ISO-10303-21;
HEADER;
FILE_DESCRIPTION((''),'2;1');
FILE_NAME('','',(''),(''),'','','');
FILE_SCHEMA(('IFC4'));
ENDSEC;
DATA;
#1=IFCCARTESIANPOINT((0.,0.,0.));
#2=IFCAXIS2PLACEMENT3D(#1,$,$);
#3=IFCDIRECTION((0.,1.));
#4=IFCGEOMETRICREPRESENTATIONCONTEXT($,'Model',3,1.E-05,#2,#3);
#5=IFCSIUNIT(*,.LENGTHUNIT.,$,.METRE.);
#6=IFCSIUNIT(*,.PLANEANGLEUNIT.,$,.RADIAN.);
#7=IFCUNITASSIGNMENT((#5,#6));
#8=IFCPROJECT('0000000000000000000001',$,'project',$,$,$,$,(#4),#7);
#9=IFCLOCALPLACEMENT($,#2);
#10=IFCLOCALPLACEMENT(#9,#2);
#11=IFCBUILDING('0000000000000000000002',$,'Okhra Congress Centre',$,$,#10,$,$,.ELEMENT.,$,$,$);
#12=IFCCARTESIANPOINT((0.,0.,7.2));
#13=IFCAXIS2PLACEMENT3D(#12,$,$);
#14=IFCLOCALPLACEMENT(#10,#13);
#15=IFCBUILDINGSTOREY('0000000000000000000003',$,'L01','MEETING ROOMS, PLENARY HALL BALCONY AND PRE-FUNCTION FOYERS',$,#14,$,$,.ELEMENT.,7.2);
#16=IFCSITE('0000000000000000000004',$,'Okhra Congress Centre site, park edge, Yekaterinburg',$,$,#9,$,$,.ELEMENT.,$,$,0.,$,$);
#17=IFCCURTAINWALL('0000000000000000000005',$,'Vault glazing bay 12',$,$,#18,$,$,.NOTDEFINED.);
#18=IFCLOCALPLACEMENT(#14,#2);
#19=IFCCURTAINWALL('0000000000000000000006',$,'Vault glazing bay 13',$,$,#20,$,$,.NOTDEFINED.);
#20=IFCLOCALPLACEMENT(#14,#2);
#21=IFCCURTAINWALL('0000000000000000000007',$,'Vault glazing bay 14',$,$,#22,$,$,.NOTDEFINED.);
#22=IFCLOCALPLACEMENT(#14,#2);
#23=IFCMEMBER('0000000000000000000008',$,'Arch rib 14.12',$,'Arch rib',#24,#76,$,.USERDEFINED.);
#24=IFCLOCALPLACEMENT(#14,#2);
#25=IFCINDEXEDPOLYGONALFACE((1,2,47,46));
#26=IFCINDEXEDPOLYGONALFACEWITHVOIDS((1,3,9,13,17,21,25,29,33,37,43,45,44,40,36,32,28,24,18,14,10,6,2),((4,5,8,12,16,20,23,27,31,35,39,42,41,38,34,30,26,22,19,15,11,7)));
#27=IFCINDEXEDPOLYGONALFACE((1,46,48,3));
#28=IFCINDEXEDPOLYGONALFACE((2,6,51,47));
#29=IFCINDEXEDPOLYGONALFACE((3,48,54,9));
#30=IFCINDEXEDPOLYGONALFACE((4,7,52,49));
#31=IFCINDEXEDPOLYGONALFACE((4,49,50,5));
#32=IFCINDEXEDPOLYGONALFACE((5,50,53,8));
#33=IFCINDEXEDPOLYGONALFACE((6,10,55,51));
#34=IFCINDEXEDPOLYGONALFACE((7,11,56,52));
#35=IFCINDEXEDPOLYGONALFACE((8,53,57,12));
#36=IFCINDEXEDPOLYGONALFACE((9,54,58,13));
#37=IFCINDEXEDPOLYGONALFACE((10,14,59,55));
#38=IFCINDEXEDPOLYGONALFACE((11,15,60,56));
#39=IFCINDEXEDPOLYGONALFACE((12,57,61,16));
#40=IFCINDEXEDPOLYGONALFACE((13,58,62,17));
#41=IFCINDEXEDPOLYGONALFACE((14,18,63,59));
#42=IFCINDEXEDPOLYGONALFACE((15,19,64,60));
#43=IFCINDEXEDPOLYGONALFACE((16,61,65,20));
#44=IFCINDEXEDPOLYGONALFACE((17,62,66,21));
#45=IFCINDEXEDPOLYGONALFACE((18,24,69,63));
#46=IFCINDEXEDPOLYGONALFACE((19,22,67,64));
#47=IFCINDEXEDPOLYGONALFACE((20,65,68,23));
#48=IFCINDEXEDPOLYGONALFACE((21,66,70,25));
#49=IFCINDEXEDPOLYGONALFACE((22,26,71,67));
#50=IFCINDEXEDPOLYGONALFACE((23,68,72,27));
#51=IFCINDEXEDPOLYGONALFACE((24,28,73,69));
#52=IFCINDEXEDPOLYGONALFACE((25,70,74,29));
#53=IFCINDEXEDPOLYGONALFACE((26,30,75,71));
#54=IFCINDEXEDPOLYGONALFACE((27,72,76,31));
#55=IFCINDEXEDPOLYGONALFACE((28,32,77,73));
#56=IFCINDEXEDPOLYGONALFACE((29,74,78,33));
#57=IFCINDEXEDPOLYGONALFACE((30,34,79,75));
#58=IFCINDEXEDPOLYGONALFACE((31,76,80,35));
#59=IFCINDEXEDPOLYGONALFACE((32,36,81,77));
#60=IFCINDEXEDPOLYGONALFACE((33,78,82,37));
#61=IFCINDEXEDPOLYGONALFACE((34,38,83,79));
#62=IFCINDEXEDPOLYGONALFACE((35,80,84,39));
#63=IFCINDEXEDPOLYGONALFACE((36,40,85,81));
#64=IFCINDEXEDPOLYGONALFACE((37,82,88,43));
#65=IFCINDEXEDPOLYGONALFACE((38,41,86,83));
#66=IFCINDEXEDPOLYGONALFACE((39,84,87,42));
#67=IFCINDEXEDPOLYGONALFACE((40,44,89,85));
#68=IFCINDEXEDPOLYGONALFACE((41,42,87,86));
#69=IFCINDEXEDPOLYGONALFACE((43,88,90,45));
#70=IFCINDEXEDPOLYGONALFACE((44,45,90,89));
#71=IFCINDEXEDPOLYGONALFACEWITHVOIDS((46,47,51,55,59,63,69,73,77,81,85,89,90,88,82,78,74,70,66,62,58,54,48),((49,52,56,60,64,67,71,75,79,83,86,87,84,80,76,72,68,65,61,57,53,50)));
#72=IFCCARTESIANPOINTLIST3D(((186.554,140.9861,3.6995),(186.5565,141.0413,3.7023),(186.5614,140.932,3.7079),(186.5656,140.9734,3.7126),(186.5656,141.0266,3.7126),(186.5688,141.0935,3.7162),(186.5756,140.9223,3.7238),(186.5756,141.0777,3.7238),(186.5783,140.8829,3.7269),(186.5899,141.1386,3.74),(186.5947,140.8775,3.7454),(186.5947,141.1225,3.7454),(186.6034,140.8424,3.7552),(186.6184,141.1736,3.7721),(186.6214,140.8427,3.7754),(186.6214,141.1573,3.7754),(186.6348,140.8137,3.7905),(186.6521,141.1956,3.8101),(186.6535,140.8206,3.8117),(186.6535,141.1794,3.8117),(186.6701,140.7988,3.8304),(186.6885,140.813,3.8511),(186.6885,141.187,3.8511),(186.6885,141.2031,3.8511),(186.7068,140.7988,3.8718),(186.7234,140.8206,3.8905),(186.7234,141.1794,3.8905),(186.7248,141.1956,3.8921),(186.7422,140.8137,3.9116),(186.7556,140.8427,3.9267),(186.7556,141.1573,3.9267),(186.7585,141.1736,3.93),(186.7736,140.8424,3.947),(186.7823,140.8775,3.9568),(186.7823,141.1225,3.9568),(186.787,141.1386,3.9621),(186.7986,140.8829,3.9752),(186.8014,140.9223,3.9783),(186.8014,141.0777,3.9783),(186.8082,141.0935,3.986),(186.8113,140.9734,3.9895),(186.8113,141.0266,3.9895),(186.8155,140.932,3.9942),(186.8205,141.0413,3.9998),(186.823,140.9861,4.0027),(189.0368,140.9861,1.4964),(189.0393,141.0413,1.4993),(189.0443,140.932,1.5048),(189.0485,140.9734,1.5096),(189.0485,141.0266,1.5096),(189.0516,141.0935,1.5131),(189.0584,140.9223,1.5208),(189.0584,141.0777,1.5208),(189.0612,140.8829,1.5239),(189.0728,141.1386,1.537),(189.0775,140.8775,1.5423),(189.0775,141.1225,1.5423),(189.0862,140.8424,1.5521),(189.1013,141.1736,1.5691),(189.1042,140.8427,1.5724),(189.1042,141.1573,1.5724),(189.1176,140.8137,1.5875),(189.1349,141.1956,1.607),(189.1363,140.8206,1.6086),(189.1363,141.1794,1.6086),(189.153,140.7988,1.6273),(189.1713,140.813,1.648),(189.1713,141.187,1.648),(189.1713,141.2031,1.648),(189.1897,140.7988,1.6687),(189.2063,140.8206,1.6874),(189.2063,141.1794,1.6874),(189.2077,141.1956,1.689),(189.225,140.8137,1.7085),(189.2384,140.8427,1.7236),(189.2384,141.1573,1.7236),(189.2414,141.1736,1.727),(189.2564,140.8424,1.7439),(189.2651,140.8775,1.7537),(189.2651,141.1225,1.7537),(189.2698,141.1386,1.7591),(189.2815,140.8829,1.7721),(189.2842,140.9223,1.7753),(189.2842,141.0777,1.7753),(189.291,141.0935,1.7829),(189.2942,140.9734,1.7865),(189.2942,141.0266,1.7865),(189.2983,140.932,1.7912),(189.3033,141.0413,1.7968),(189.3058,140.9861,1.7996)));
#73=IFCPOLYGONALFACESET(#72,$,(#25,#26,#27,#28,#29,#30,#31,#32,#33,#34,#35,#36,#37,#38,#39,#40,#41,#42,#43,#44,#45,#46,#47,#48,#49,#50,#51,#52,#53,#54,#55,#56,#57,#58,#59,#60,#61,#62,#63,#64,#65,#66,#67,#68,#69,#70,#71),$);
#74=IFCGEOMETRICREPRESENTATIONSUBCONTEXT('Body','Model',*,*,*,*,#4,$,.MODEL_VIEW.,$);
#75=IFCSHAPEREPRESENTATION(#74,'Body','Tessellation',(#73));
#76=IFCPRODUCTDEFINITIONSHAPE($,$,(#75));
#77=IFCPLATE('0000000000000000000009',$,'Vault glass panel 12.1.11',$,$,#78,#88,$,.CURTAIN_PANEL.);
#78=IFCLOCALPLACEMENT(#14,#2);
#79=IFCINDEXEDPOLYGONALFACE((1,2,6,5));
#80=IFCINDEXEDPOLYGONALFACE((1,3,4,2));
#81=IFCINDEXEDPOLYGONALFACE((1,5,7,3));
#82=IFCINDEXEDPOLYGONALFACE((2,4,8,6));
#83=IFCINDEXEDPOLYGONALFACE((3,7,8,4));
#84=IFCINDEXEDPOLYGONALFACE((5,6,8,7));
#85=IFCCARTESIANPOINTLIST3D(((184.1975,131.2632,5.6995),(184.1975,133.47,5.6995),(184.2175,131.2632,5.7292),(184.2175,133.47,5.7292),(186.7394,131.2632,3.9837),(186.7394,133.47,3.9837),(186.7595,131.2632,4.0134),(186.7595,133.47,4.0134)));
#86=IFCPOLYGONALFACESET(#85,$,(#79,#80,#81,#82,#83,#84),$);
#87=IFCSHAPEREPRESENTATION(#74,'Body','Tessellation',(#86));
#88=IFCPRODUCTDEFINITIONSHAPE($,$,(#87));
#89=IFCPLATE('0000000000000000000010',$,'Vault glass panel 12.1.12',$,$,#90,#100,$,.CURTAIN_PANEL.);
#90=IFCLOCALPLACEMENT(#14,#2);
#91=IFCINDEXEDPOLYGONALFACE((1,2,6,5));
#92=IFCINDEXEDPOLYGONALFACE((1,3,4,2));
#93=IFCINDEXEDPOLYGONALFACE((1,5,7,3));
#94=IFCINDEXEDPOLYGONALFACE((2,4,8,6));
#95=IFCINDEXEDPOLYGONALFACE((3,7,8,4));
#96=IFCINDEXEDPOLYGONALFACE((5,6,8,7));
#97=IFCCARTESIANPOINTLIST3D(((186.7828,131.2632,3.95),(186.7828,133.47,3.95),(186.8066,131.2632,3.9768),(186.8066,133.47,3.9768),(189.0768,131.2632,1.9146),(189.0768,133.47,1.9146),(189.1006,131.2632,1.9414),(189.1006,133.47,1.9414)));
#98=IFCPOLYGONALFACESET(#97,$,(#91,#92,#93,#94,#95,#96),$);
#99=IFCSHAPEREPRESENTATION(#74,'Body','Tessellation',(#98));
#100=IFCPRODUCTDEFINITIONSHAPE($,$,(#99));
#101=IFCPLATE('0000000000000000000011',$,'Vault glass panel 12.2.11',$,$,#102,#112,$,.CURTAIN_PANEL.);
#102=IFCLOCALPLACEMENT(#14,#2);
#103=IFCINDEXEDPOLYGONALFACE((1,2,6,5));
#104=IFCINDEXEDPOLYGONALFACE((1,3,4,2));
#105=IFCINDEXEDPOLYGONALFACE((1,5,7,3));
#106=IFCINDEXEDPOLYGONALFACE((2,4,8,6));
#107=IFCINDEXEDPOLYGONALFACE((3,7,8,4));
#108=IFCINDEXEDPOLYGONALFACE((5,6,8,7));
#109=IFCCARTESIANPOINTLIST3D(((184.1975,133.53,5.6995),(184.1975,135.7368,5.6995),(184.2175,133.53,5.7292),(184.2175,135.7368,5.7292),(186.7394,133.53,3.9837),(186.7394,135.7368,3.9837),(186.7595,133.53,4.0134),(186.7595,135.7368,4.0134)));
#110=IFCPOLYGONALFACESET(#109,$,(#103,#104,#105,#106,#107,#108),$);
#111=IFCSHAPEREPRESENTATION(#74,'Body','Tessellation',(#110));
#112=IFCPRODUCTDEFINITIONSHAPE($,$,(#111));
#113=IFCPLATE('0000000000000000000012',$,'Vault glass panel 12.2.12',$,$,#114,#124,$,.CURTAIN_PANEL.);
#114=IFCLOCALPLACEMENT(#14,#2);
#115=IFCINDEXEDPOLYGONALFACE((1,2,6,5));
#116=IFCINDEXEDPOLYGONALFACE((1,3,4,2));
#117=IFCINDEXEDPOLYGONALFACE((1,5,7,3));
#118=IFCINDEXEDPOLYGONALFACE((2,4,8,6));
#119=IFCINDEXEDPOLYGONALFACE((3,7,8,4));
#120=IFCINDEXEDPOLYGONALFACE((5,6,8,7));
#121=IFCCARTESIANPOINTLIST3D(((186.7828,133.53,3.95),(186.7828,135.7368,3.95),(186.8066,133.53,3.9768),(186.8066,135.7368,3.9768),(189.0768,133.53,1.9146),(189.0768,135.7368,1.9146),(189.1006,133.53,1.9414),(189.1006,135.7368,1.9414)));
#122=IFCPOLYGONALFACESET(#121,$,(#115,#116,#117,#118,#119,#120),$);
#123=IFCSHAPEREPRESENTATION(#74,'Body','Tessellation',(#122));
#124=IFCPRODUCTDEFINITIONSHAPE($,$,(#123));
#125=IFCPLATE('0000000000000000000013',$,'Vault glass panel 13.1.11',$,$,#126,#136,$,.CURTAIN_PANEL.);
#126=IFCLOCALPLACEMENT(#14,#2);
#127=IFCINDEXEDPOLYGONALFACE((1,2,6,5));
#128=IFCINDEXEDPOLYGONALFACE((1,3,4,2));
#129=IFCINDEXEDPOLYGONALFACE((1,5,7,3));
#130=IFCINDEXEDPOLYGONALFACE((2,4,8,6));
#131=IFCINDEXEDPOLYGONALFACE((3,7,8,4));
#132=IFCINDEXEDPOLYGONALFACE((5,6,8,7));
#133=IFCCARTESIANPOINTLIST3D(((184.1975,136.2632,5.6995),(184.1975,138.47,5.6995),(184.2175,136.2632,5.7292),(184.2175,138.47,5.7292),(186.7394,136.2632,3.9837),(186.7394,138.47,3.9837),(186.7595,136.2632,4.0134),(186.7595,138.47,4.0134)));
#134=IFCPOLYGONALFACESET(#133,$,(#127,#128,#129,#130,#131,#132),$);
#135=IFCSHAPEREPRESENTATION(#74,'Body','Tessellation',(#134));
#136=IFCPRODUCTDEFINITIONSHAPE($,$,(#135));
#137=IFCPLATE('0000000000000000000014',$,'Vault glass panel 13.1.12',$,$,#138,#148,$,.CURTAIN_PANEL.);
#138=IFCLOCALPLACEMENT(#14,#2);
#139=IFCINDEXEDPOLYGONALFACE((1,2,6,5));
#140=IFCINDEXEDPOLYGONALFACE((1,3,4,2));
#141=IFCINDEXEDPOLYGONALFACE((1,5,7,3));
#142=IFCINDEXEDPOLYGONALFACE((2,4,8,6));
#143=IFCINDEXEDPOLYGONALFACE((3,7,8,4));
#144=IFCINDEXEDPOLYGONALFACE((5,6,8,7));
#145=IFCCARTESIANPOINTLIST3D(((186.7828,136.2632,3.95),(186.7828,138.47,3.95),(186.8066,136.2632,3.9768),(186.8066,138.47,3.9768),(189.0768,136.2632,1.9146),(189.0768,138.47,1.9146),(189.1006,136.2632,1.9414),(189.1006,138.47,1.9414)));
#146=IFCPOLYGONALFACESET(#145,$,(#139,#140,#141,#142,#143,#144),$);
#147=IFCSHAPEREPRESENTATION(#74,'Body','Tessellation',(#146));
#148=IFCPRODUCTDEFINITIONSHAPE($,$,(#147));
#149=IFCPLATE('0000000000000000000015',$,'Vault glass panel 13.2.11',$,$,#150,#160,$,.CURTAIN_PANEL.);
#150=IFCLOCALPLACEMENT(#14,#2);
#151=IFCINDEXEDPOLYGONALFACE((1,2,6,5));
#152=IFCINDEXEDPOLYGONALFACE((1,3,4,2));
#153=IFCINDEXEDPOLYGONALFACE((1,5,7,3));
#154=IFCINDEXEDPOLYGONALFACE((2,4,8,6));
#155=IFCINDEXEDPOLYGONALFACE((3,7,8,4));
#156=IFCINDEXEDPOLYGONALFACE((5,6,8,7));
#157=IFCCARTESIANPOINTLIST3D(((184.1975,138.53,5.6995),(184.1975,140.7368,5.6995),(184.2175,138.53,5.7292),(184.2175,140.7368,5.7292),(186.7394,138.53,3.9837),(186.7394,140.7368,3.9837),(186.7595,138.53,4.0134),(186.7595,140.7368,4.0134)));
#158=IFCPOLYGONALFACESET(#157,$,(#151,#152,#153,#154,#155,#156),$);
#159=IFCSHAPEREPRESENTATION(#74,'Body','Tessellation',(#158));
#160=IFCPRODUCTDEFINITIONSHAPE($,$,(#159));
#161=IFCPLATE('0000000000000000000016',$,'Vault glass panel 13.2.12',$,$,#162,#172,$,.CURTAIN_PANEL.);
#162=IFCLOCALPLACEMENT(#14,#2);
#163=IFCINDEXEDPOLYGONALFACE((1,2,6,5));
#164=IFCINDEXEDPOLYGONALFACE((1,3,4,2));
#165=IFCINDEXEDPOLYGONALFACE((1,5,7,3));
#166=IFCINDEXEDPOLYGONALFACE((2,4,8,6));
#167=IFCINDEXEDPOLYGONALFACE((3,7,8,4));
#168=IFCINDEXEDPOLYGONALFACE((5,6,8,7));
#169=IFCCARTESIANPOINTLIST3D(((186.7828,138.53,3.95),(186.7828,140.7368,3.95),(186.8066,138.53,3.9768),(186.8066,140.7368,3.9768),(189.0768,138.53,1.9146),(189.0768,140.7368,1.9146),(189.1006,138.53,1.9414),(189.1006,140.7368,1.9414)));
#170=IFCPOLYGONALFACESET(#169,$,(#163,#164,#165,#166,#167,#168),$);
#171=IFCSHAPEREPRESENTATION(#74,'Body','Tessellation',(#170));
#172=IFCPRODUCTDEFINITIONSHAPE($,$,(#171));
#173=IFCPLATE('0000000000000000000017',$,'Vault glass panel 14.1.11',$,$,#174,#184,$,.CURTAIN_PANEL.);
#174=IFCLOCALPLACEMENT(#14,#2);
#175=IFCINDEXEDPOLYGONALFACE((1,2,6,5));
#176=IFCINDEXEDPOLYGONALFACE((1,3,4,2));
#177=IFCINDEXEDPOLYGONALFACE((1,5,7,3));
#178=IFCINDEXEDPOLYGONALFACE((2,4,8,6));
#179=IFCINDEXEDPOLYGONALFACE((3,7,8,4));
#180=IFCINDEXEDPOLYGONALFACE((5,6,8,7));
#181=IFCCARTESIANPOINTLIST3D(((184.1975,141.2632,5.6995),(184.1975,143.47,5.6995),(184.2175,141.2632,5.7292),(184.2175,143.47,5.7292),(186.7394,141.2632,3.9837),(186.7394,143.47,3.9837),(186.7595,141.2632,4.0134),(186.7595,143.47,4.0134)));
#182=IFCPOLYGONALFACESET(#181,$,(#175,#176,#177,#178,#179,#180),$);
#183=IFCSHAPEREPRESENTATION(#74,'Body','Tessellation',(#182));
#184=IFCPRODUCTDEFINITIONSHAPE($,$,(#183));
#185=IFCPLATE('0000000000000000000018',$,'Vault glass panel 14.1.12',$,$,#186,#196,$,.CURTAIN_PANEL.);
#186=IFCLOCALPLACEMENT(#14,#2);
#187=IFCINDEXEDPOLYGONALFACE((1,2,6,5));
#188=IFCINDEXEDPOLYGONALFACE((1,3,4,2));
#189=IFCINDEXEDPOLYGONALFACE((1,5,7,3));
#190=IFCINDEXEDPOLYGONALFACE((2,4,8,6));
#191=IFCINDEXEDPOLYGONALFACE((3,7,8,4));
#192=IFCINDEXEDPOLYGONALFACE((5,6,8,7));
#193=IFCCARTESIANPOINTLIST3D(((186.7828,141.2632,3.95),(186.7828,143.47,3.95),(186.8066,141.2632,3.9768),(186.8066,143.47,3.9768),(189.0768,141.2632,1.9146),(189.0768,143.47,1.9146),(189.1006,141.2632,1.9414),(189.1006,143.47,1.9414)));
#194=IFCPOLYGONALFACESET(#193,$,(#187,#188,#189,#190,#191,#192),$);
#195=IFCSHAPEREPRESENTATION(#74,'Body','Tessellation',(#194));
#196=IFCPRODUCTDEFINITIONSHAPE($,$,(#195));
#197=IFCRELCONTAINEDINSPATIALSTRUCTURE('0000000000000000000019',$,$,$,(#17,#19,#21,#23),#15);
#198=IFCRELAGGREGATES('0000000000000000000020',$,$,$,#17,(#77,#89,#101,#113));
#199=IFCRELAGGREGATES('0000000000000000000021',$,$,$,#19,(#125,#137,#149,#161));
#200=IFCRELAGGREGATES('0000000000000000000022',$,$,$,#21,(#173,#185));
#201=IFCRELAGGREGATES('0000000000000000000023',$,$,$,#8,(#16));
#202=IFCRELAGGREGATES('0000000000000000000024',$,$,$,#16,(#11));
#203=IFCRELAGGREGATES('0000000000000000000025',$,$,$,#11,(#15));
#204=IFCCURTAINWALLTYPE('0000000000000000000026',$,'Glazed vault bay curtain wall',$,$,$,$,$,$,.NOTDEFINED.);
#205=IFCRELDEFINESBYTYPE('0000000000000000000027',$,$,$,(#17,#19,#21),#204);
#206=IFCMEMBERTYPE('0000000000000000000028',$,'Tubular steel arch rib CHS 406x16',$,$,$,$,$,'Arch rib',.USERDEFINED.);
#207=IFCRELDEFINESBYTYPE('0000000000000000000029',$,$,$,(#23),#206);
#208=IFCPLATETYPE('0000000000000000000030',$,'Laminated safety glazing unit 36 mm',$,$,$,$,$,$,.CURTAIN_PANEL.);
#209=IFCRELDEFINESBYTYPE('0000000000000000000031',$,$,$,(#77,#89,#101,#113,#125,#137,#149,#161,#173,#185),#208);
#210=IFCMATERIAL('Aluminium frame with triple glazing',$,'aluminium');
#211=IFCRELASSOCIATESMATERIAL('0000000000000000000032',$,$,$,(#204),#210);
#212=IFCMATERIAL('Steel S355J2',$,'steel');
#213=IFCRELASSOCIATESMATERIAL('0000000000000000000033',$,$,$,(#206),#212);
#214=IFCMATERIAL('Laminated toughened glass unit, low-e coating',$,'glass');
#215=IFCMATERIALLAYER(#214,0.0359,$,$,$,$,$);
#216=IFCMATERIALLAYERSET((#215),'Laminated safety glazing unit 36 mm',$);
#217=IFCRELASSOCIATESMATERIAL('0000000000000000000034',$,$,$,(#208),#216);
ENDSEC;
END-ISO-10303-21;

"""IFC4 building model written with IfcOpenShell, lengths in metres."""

from ifc_helpers import new_model, si_unit, direction, frame, origin, origin_2d, place, context, subcontext, project, spatial, polyline, hollow_circle, outline, extrude, material, layer, layer_set, material_profile, profile_set, type_object, element, aggregate, save


model = new_model("IFC4")

# Units and contexts
model_context = context("Model", 3, precision=1e-05, world=origin(), true_north=direction((0.0, 1.0)))
body_context = subcontext(model_context, "Body", "Model", "MODEL_VIEW")
ifc_project = project(units=[si_unit("LENGTHUNIT", "METRE"), si_unit("PLANEANGLEUNIT", "RADIAN")], contexts=[model_context])

# Site, building, storey
site_placement = place(None, origin())
site = spatial("IfcSite", under=ifc_project, at=site_placement, Name="Okhra Congress Centre site, park edge, Yekaterinburg", CompositionType="ELEMENT", RefElevation=0.0)
building_placement = place(site_placement, origin())
building = spatial("IfcBuilding", under=site, at=building_placement, Name="Okhra Congress Centre", CompositionType="ELEMENT")
storey_placement = place(building_placement, frame((0.0, 0.0, 7.2)))
storey = spatial("IfcBuildingStorey", under=building, at=storey_placement, Name="L01", Description="MEETING ROOMS, PLENARY HALL BALCONY AND PRE-FUNCTION FOYERS", CompositionType="ELEMENT", Elevation=7.2)

# Curtain walls
ifc_material_1 = material(Name="Aluminium frame with triple glazing", Category="aluminium")
curtain_wall_type = type_object("IfcCurtainWallType", Name="Glazed vault bay curtain wall", PredefinedType="NOTDEFINED", material=ifc_material_1)
curtain_wall_1_placement = place(storey_placement, origin())
curtain_wall_1 = element("IfcCurtainWall", 1, at=curtain_wall_1_placement, inside=storey, type_object=curtain_wall_type, Name="Vault glazing bay 12", PredefinedType="NOTDEFINED")
curtain_wall_2_placement = place(storey_placement, origin())
curtain_wall_2 = element("IfcCurtainWall", 2, at=curtain_wall_2_placement, inside=storey, type_object=curtain_wall_type, Name="Vault glazing bay 13", PredefinedType="NOTDEFINED")
curtain_wall_3_placement = place(storey_placement, origin())
curtain_wall_3 = element("IfcCurtainWall", 3, at=curtain_wall_3_placement, inside=storey, type_object=curtain_wall_type, Name="Vault glazing bay 14", PredefinedType="NOTDEFINED")

# Member
ifc_material_2 = material(Name="Steel S355J2", Category="steel")
ifc_material_profile_1 = material_profile(ifc_material_2, hollow_circle(Radius=0.2031, WallThickness=0.0161, at=origin_2d()), Name="CHS 406.4x16")
ifc_profile_set_1 = profile_set([ifc_material_profile_1], Name="Steel S355J2")
member_type_1 = type_object("IfcMemberType", Name="Tubular steel arch rib CHS 406x16", ElementType="Arch rib", PredefinedType="USERDEFINED", material=ifc_profile_set_1)
for number, where, z_axis, x_axis, name in (
    (4, (186.6885, 141.0, 3.8511), (0.747993, 0.0, -0.663706), (0.0, 1.0, 0.0), "Arch rib 14.12"),
):
    element("IfcMember", number, at=place(storey_placement, frame(where, z_axis=z_axis, x_axis=x_axis)), inside=storey, type_object=member_type_1, Name=name, ObjectType="Arch rib", PredefinedType="USERDEFINED", context=body_context, shape_type="SweptSolid", body=[
        extrude(hollow_circle(Radius=0.2031, WallThickness=0.0161, at=origin_2d()), origin(), (0.0, 0.0, 1.0), 3.3193),
    ])

# Plates
ifc_material_3 = material(Name="Laminated toughened glass unit, low-e coating", Category="glass")
ifc_layer_1 = layer(ifc_material_3, 0.0359)
ifc_layer_set_1 = layer_set([ifc_layer_1], Name="Laminated safety glazing unit 36 mm")
plate_type = type_object("IfcPlateType", Name="Laminated safety glazing unit 36 mm", PredefinedType="CURTAIN_PANEL", material=ifc_layer_set_1)
plate_1_placement = place(storey_placement, frame((184.2175, 131.2632, 5.7292), z_axis=(0.559467, 0.0, 0.828852), x_axis=(0.828852, 0.0, -0.559467)))
plate_1 = element("IfcPlate", 5, at=plate_1_placement, type_object=plate_type, Name="Vault glass panel 12.1.11", PredefinedType="CURTAIN_PANEL", context=body_context, shape_type="SweptSolid", body=[
    extrude(outline(polyline([(0.0, 0.0), (3.0669, 0.0), (3.0669, 2.2068), (0.0, 2.2068), (0.0, 0.0)])), origin(), (0.0, 0.0, -1.0), 0.0359),
])
plate_2_placement = place(storey_placement, frame((186.8066, 131.2632, 3.9768), z_axis=(0.663697, 0.0, 0.748002), x_axis=(0.748002, 0.0, -0.663697)))
plate_2 = element("IfcPlate", 6, at=plate_2_placement, type_object=plate_type, Name="Vault glass panel 12.1.12", PredefinedType="CURTAIN_PANEL", context=body_context, shape_type="SweptSolid", body=[
    extrude(outline(polyline([(0.0, 0.0), (3.0668, 0.0), (3.0668, 2.2068), (0.0, 2.2068), (0.0, 0.0)])), origin(), (0.0, 0.0, -1.0), 0.0359),
])
plate_3_placement = place(storey_placement, frame((184.2175, 133.53, 5.7292), z_axis=(0.559467, 0.0, 0.828852), x_axis=(0.828852, 0.0, -0.559467)))
plate_3 = element("IfcPlate", 7, at=plate_3_placement, type_object=plate_type, Name="Vault glass panel 12.2.11", PredefinedType="CURTAIN_PANEL", context=body_context, shape_type="SweptSolid", body=[
    extrude(outline(polyline([(0.0, 0.0), (3.0669, 0.0), (3.0669, 2.2068), (0.0, 2.2068), (0.0, 0.0)])), origin(), (0.0, 0.0, -1.0), 0.0359),
])
plate_4_placement = place(storey_placement, frame((186.8066, 133.53, 3.9768), z_axis=(0.663697, 0.0, 0.748002), x_axis=(0.748002, 0.0, -0.663697)))
plate_4 = element("IfcPlate", 8, at=plate_4_placement, type_object=plate_type, Name="Vault glass panel 12.2.12", PredefinedType="CURTAIN_PANEL", context=body_context, shape_type="SweptSolid", body=[
    extrude(outline(polyline([(0.0, 0.0), (3.0668, 0.0), (3.0668, 2.2068), (0.0, 2.2068), (0.0, 0.0)])), origin(), (0.0, 0.0, -1.0), 0.0359),
])
aggregate(curtain_wall_1, [plate_1, plate_2, plate_3, plate_4])
plate_5_placement = place(storey_placement, frame((184.2175, 136.2632, 5.7292), z_axis=(0.559467, 0.0, 0.828852), x_axis=(0.828852, 0.0, -0.559467)))
plate_5 = element("IfcPlate", 9, at=plate_5_placement, type_object=plate_type, Name="Vault glass panel 13.1.11", PredefinedType="CURTAIN_PANEL", context=body_context, shape_type="SweptSolid", body=[
    extrude(outline(polyline([(0.0, 0.0), (3.0669, 0.0), (3.0669, 2.2068), (0.0, 2.2068), (0.0, 0.0)])), origin(), (0.0, 0.0, -1.0), 0.0359),
])
plate_6_placement = place(storey_placement, frame((186.8066, 136.2632, 3.9768), z_axis=(0.663697, 0.0, 0.748002), x_axis=(0.748002, 0.0, -0.663697)))
plate_6 = element("IfcPlate", 10, at=plate_6_placement, type_object=plate_type, Name="Vault glass panel 13.1.12", PredefinedType="CURTAIN_PANEL", context=body_context, shape_type="SweptSolid", body=[
    extrude(outline(polyline([(0.0, 0.0), (3.0668, 0.0), (3.0668, 2.2068), (0.0, 2.2068), (0.0, 0.0)])), origin(), (0.0, 0.0, -1.0), 0.0359),
])
plate_7_placement = place(storey_placement, frame((184.2175, 138.53, 5.7292), z_axis=(0.559467, 0.0, 0.828852), x_axis=(0.828852, 0.0, -0.559467)))
plate_7 = element("IfcPlate", 11, at=plate_7_placement, type_object=plate_type, Name="Vault glass panel 13.2.11", PredefinedType="CURTAIN_PANEL", context=body_context, shape_type="SweptSolid", body=[
    extrude(outline(polyline([(0.0, 0.0), (3.0669, 0.0), (3.0669, 2.2068), (0.0, 2.2068), (0.0, 0.0)])), origin(), (0.0, 0.0, -1.0), 0.0359),
])
plate_8_placement = place(storey_placement, frame((186.8066, 138.53, 3.9768), z_axis=(0.663697, 0.0, 0.748002), x_axis=(0.748002, 0.0, -0.663697)))
plate_8 = element("IfcPlate", 12, at=plate_8_placement, type_object=plate_type, Name="Vault glass panel 13.2.12", PredefinedType="CURTAIN_PANEL", context=body_context, shape_type="SweptSolid", body=[
    extrude(outline(polyline([(0.0, 0.0), (3.0668, 0.0), (3.0668, 2.2068), (0.0, 2.2068), (0.0, 0.0)])), origin(), (0.0, 0.0, -1.0), 0.0359),
])
aggregate(curtain_wall_2, [plate_5, plate_6, plate_7, plate_8])
plate_9_placement = place(storey_placement, frame((184.2175, 141.2632, 5.7292), z_axis=(0.559467, 0.0, 0.828852), x_axis=(0.828852, 0.0, -0.559467)))
plate_9 = element("IfcPlate", 13, at=plate_9_placement, type_object=plate_type, Name="Vault glass panel 14.1.11", PredefinedType="CURTAIN_PANEL", context=body_context, shape_type="SweptSolid", body=[
    extrude(outline(polyline([(0.0, 0.0), (3.0669, 0.0), (3.0669, 2.2068), (0.0, 2.2068), (0.0, 0.0)])), origin(), (0.0, 0.0, -1.0), 0.0359),
])
plate_10_placement = place(storey_placement, frame((186.8066, 141.2632, 3.9768), z_axis=(0.663697, 0.0, 0.748002), x_axis=(0.748002, 0.0, -0.663697)))
plate_10 = element("IfcPlate", 14, at=plate_10_placement, type_object=plate_type, Name="Vault glass panel 14.1.12", PredefinedType="CURTAIN_PANEL", context=body_context, shape_type="SweptSolid", body=[
    extrude(outline(polyline([(0.0, 0.0), (3.0668, 0.0), (3.0668, 2.2068), (0.0, 2.2068), (0.0, 0.0)])), origin(), (0.0, 0.0, -1.0), 0.0359),
])
aggregate(curtain_wall_3, [plate_9, plate_10])

save(model, "model.ifc")
